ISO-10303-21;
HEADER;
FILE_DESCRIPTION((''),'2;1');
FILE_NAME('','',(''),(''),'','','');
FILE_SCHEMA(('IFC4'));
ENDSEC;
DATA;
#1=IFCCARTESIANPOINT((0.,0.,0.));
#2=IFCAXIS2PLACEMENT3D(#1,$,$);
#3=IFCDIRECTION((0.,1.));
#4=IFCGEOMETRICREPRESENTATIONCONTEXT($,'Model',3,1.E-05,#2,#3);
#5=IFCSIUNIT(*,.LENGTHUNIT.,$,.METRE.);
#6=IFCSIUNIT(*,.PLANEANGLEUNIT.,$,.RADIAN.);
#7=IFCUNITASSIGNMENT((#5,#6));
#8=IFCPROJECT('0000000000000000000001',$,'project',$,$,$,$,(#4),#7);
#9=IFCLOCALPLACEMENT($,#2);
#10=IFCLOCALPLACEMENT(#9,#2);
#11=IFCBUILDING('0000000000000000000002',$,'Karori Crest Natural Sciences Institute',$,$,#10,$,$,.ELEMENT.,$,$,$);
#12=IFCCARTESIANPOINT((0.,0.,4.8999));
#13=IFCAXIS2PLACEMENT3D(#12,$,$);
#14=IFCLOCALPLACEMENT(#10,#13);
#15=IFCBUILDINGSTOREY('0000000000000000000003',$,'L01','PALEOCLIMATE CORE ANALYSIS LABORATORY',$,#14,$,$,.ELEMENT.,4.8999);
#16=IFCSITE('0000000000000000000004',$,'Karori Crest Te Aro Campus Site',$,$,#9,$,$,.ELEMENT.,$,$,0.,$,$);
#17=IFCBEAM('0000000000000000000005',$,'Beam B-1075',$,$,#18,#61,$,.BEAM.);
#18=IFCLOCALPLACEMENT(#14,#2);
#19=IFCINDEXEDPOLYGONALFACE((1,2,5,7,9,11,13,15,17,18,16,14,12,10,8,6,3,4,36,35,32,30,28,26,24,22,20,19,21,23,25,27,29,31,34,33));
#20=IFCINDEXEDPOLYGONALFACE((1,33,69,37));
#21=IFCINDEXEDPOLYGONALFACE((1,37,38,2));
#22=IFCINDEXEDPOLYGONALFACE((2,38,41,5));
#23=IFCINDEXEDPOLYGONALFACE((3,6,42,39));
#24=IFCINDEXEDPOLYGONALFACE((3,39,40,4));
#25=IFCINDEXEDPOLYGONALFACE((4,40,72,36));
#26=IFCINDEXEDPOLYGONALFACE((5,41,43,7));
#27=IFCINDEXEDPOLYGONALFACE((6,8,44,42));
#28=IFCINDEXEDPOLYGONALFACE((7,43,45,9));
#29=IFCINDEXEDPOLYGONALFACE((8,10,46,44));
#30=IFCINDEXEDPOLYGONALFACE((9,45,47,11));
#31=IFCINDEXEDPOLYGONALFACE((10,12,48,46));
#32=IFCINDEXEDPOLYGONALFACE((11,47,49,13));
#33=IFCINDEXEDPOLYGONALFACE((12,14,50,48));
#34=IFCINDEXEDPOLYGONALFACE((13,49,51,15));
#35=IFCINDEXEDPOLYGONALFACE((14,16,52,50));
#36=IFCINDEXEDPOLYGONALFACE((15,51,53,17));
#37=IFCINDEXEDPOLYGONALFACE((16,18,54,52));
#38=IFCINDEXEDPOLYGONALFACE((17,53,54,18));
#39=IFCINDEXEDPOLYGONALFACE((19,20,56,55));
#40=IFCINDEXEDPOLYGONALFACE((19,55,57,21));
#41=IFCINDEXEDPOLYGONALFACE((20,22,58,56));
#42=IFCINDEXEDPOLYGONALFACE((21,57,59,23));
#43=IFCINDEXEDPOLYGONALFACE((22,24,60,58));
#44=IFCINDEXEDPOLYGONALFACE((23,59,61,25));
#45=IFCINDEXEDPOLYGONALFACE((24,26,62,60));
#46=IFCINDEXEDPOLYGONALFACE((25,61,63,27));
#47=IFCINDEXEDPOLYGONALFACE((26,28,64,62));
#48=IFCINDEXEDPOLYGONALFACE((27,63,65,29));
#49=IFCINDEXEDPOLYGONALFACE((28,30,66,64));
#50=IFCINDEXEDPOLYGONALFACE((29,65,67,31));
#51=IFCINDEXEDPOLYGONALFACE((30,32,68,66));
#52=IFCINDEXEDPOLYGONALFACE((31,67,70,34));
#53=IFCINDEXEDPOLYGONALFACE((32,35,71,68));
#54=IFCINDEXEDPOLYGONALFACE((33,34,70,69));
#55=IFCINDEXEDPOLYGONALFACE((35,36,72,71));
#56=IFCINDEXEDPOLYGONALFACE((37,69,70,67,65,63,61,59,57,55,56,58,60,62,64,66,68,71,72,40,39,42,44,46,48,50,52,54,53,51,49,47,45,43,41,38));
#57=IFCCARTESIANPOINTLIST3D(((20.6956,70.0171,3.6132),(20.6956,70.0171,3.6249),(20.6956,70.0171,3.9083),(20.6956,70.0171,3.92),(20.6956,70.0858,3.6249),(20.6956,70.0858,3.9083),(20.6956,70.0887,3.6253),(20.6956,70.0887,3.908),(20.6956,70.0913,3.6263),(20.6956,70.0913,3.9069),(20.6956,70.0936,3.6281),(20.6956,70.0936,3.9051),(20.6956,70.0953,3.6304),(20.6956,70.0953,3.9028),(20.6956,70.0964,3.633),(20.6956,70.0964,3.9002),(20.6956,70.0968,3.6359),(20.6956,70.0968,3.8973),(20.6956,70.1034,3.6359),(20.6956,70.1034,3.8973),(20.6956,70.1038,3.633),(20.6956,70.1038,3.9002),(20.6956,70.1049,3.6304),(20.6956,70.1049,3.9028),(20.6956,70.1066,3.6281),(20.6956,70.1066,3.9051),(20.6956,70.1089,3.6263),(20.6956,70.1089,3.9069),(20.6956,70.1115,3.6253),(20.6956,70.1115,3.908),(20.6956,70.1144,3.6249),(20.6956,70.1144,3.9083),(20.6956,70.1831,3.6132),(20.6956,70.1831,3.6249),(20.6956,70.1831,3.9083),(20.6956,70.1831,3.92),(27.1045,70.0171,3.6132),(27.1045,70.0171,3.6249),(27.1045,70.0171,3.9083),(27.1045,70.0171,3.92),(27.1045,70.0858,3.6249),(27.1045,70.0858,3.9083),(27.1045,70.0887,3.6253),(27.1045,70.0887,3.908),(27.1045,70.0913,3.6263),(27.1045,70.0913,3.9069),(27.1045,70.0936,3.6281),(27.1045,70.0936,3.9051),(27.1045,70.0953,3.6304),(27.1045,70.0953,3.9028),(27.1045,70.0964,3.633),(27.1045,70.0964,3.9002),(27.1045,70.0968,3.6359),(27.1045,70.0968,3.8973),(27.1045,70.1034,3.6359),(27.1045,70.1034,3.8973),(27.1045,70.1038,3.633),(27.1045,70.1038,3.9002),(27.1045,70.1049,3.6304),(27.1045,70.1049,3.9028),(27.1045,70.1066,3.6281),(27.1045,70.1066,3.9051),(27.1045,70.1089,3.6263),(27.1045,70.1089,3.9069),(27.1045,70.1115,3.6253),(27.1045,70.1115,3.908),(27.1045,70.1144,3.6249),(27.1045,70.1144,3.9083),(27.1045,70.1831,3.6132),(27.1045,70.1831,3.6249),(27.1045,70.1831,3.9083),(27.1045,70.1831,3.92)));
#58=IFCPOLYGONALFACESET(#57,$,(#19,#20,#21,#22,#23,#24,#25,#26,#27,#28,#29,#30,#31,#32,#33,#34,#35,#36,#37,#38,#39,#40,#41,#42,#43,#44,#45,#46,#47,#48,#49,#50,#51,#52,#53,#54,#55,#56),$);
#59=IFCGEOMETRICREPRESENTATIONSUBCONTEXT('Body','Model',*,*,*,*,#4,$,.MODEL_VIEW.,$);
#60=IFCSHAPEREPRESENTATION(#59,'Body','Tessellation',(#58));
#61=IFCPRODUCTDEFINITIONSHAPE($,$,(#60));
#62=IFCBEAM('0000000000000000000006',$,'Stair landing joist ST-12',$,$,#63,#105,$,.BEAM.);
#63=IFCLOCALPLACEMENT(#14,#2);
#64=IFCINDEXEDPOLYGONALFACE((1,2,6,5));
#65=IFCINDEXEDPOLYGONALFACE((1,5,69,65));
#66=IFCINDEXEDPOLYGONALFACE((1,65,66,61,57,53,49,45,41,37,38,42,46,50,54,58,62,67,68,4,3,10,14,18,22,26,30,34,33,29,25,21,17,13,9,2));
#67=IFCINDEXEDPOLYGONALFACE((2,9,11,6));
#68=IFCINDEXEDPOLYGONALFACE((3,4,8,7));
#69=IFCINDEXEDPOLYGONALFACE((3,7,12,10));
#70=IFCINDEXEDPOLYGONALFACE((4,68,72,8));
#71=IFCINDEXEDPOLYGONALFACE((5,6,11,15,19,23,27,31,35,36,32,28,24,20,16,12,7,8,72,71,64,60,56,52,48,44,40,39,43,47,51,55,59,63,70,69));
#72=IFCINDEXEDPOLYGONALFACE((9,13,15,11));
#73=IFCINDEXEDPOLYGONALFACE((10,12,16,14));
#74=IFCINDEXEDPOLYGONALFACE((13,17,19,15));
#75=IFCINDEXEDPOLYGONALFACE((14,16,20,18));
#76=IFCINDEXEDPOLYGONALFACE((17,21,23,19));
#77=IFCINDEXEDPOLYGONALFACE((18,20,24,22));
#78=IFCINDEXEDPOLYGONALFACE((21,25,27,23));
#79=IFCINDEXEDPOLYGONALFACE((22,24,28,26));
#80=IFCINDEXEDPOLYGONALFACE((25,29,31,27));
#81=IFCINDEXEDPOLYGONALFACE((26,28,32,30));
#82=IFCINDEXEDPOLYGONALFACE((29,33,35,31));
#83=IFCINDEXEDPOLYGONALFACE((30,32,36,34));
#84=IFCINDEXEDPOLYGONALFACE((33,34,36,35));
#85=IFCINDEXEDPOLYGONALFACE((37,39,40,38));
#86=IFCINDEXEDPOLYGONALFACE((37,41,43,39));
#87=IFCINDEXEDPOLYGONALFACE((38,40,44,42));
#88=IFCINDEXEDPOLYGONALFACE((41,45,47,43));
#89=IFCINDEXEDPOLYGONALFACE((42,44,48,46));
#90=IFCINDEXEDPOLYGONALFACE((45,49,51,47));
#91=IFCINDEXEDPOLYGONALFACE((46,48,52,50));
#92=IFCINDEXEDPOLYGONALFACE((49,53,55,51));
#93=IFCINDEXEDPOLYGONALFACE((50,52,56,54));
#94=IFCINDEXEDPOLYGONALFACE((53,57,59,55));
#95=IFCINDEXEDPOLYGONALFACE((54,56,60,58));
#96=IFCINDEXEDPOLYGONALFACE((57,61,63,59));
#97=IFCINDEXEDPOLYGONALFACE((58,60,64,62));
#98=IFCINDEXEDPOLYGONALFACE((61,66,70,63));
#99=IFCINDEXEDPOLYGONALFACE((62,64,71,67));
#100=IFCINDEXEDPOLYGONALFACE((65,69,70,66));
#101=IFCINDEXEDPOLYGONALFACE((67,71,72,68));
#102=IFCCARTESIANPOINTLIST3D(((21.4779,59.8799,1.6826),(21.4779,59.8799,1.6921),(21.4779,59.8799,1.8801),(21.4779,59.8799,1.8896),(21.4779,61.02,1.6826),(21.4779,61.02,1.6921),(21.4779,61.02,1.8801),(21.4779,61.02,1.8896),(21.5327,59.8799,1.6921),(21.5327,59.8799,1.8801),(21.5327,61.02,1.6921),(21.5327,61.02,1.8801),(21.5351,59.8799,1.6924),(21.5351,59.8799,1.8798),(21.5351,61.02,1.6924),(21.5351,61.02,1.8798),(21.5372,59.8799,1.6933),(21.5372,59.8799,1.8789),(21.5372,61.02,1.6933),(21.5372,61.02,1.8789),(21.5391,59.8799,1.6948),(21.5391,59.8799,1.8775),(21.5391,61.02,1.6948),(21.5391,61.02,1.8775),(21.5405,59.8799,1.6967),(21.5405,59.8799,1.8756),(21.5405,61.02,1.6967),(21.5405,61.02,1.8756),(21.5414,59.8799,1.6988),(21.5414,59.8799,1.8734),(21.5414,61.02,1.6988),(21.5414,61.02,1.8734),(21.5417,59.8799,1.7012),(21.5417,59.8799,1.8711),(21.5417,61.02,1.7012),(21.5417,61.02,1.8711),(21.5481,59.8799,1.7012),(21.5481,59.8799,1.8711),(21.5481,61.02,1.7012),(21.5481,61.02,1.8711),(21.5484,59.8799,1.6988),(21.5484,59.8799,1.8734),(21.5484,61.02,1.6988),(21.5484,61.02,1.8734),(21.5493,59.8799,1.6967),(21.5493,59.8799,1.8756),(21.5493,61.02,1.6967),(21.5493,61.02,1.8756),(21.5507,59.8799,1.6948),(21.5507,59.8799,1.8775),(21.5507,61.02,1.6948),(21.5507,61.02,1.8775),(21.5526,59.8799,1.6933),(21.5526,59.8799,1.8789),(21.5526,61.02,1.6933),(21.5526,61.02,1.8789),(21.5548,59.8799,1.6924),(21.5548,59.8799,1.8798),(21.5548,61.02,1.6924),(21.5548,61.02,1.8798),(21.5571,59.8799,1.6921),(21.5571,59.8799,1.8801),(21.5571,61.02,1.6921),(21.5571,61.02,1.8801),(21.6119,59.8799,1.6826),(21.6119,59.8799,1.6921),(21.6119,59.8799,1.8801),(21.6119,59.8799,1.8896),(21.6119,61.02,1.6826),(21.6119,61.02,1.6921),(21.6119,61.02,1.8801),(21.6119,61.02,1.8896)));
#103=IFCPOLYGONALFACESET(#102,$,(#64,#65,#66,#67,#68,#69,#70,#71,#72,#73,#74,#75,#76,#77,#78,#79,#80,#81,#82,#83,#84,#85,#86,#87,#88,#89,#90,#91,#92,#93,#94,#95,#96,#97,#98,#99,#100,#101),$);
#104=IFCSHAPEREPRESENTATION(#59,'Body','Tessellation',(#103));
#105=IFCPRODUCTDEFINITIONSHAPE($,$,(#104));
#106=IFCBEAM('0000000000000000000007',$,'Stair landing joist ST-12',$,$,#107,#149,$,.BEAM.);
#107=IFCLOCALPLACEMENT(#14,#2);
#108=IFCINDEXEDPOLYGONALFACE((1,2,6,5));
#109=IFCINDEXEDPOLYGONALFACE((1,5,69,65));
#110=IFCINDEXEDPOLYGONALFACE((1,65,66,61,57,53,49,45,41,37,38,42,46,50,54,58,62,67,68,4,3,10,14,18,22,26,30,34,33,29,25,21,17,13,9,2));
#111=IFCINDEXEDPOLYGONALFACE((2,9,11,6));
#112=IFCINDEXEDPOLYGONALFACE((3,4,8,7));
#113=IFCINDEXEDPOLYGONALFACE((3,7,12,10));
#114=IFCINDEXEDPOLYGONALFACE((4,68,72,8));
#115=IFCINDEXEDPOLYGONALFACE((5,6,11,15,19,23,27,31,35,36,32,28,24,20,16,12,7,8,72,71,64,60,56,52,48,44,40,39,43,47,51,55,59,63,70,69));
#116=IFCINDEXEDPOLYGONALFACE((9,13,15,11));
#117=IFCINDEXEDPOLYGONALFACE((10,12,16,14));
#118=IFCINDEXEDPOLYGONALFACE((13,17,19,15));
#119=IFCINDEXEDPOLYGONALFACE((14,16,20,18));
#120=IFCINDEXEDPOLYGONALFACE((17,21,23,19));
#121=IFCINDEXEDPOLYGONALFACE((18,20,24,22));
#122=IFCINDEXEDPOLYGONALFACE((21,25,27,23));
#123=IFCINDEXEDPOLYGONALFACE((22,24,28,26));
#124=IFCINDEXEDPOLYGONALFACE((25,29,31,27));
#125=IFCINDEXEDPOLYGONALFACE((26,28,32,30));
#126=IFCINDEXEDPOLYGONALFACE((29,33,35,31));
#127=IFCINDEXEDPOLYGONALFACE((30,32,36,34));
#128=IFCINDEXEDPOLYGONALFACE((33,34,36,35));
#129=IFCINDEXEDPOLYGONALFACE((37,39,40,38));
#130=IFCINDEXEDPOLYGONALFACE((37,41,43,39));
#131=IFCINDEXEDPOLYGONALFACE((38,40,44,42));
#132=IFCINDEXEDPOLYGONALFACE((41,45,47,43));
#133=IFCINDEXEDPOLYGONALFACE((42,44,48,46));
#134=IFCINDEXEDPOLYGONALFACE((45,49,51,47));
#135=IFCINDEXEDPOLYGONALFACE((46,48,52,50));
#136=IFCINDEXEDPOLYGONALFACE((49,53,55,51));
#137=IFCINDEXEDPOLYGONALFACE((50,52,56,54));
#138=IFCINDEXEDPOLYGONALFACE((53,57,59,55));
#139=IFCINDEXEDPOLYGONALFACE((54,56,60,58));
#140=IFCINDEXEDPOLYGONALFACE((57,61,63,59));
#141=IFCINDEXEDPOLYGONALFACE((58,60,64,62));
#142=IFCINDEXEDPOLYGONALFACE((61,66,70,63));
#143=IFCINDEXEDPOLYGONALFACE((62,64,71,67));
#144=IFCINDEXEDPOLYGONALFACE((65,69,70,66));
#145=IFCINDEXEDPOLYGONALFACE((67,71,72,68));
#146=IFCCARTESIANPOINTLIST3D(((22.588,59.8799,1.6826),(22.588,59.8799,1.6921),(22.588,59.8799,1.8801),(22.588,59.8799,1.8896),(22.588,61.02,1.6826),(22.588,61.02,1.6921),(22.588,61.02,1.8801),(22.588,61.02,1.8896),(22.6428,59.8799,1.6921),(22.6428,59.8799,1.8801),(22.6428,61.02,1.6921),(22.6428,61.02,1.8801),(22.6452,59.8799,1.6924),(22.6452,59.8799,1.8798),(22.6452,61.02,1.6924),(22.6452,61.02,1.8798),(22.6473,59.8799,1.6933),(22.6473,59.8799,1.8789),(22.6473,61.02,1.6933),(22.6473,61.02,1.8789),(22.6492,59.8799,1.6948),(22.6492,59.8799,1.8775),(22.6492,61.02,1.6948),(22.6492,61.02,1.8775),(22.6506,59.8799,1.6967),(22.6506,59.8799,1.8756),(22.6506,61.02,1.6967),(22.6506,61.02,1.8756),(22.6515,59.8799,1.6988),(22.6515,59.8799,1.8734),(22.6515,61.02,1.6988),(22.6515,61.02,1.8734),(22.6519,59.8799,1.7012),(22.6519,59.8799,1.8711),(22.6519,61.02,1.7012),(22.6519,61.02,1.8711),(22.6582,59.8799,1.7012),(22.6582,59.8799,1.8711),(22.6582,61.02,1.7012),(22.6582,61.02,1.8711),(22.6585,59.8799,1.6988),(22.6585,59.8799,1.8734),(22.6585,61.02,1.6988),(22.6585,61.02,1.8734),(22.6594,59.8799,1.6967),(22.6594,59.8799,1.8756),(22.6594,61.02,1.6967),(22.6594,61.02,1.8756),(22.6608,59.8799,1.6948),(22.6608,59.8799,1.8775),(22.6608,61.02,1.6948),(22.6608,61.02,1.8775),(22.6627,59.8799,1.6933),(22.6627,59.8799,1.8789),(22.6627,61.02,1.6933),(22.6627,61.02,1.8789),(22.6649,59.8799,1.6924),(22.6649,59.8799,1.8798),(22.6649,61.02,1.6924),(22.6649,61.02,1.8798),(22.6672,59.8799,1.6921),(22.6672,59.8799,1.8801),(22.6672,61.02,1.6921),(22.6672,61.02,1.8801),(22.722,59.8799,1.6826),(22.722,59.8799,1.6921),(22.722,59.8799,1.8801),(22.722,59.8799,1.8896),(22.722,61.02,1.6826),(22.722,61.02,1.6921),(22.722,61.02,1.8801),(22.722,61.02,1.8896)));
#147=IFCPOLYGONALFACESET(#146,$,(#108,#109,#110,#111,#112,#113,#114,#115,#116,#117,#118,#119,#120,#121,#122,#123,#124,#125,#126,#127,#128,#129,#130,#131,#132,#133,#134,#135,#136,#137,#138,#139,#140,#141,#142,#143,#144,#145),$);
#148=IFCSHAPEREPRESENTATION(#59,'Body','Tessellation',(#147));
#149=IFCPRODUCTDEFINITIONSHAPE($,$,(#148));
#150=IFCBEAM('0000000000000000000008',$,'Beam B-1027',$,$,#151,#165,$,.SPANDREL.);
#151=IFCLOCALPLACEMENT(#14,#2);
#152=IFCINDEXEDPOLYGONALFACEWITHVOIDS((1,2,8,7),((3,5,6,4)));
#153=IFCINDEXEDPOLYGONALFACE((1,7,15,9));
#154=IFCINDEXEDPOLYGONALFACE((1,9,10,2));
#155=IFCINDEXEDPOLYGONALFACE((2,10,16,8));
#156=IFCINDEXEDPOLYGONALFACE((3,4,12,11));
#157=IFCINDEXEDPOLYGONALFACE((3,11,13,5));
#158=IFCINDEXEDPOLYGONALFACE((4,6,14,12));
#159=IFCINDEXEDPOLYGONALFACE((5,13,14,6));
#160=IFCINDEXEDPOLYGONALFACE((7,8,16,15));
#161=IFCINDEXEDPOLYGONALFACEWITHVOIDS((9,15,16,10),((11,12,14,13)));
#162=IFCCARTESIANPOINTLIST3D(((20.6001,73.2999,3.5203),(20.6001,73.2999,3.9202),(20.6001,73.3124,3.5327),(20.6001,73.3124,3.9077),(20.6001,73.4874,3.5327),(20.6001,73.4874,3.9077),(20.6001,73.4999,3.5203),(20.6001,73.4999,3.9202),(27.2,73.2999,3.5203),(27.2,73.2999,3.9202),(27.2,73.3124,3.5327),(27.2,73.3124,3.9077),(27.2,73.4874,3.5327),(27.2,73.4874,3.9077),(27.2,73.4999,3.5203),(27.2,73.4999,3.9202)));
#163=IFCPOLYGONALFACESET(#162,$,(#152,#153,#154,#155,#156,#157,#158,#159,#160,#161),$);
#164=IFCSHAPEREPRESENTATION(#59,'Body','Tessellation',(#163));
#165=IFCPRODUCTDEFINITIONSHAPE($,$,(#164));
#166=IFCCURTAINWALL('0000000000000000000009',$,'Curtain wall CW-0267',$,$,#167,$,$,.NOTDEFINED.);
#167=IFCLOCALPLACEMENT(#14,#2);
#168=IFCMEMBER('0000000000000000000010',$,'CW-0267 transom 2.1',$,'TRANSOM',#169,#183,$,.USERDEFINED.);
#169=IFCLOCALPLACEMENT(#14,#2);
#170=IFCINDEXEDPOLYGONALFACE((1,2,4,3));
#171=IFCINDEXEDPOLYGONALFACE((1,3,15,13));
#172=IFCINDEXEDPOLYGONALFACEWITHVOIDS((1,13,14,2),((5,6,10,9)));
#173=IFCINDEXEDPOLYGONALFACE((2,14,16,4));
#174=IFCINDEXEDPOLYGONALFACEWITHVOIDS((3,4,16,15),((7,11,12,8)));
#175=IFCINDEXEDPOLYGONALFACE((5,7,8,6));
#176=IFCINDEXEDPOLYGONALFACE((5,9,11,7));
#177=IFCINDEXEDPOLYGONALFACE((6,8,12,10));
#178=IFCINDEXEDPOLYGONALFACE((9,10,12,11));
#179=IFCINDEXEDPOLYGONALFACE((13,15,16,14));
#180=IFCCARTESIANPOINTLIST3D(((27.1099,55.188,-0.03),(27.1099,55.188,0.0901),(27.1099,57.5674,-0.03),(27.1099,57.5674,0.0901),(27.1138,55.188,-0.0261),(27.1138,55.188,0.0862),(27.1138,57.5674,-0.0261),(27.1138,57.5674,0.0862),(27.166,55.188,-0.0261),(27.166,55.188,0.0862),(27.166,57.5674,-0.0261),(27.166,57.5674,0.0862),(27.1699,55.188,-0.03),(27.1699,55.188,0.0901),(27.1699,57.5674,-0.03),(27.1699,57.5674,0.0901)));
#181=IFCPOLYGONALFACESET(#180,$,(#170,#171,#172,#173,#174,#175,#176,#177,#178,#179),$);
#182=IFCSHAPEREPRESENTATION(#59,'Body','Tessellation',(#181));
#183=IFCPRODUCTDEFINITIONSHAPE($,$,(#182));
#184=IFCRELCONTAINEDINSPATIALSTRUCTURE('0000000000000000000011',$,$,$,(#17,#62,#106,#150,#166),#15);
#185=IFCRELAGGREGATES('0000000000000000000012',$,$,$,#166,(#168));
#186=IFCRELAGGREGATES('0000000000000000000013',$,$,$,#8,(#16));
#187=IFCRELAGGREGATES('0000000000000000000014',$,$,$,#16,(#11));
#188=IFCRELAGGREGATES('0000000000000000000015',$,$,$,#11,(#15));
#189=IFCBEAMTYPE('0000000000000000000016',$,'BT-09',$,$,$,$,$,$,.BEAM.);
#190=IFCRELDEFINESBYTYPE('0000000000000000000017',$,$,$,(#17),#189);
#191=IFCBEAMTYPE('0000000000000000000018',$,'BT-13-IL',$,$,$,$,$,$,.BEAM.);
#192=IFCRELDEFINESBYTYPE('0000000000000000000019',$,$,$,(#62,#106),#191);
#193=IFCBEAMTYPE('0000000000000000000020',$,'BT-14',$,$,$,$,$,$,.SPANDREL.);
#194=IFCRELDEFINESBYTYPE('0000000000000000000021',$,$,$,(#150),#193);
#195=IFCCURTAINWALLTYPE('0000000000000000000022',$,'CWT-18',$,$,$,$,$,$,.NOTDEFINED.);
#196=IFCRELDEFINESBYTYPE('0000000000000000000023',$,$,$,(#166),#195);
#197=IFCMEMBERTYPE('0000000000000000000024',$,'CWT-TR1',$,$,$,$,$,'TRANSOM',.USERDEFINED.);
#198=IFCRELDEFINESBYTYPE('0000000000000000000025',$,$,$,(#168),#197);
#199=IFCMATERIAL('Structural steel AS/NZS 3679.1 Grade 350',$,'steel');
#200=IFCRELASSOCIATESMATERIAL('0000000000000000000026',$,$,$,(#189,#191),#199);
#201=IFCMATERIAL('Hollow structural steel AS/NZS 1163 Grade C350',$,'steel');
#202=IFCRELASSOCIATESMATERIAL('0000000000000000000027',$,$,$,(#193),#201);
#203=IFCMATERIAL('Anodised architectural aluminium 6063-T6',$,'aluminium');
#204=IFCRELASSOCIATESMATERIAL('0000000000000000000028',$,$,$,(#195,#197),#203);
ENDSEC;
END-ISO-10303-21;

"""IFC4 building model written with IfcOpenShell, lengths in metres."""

from ifc_helpers import new_model, si_unit, direction, frame, origin, origin_2d, place, context, subcontext, project, spatial, hollow_rectangle, i_section, extrude, material, material_profile, profile_set, type_object, element, aggregate, save


model = new_model("IFC4")

# Units and contexts
model_context = context("Model", 3, precision=1e-05, world=origin(), true_north=direction((0.0, 1.0)))
body_context = subcontext(model_context, "Body", "Model", "MODEL_VIEW")
ifc_project = project(units=[si_unit("LENGTHUNIT", "METRE"), si_unit("PLANEANGLEUNIT", "RADIAN")], contexts=[model_context])

# Site, building, storey
site_placement = place(None, origin())
site = spatial("IfcSite", under=ifc_project, at=site_placement, Name="Karori Crest Te Aro Campus Site", CompositionType="ELEMENT", RefElevation=0.0)
building_placement = place(site_placement, origin())
building = spatial("IfcBuilding", under=site, at=building_placement, Name="Karori Crest Natural Sciences Institute", CompositionType="ELEMENT")
storey_placement = place(building_placement, frame((0.0, 0.0, 4.8999)))
storey = spatial("IfcBuildingStorey", under=building, at=storey_placement, Name="L01", Description="PALEOCLIMATE CORE ANALYSIS LABORATORY", CompositionType="ELEMENT", Elevation=4.8999)

# Shared definitions
ifc_material_1 = material(Name="Structural steel AS/NZS 3679.1 Grade 350", Category="steel")
ifc_material_2 = material(Name="Hollow structural steel AS/NZS 1163 Grade C350", Category="steel")

# Beams
ifc_material_profile_1 = material_profile(ifc_material_1, i_section(OverallWidth=0.166, OverallDepth=0.3069, WebThickness=0.0066, FlangeThickness=0.0117, FilletRadius=0.011, at=origin_2d()), Name="310UB46.2")
ifc_profile_set_1 = profile_set([ifc_material_profile_1], Name="Structural steel AS/NZS 3679.1 Grade 350")
beam_type_1 = type_object("IfcBeamType", Name="BT-09", PredefinedType="BEAM", material=ifc_profile_set_1)
beam_1_placement = place(storey_placement, frame((20.6956, 70.1001, 3.7666), z_axis=(1.0, 0.0, 0.0), x_axis=(0.0, 1.0, 0.0)))
element("IfcBeam", 1, at=beam_1_placement, inside=storey, type_object=beam_type_1, Name="Beam B-1075", PredefinedType="BEAM", context=body_context, shape_type="SweptSolid", body=[
    extrude(i_section(OverallWidth=0.166, OverallDepth=0.3069, WebThickness=0.0066, FlangeThickness=0.0117, FilletRadius=0.011, at=origin_2d()), origin(), (0.0, 0.0, 1.0), 6.4089),
])
ifc_material_profile_2 = material_profile(ifc_material_1, i_section(OverallWidth=0.134, OverallDepth=0.207, WebThickness=0.0063, FlangeThickness=0.0095, FilletRadius=0.009, at=origin_2d()), Name="200UB29.8")
ifc_profile_set_2 = profile_set([ifc_material_profile_2], Name="Structural steel AS/NZS 3679.1 Grade 350")
beam_type_2 = type_object("IfcBeamType", Name="BT-13-IL", PredefinedType="BEAM", material=ifc_profile_set_2)
for number, where, z_axis, x_axis, name in (
    (2, (21.5449, 59.8799, 1.7861), (0.0, 1.0, 0.0), (-1.0, 0.0, 0.0), "Stair landing joist ST-12"),
    (3, (22.655, 59.8799, 1.7861), (0.0, 1.0, 0.0), (-1.0, 0.0, 0.0), "Stair landing joist ST-12"),
):
    element("IfcBeam", number, at=place(storey_placement, frame(where, z_axis=z_axis, x_axis=x_axis)), inside=storey, type_object=beam_type_2, Name=name, PredefinedType="BEAM", context=body_context, shape_type="SweptSolid", body=[
        extrude(i_section(OverallWidth=0.134, OverallDepth=0.207, WebThickness=0.0063, FlangeThickness=0.0095, FilletRadius=0.009, at=origin_2d()), origin(), (0.0, 0.0, 1.0), 1.1401),
    ])
ifc_material_profile_3 = material_profile(ifc_material_2, hollow_rectangle(XDim=0.2, YDim=0.3999, WallThickness=0.0125, at=origin_2d()), Name="RHS400x200x12.5")
ifc_profile_set_3 = profile_set([ifc_material_profile_3], Name="Hollow structural steel AS/NZS 1163 Grade C350")
beam_type_3 = type_object("IfcBeamType", Name="BT-14", PredefinedType="SPANDREL", material=ifc_profile_set_3)
beam_2_placement = place(storey_placement, frame((20.6001, 73.3999, 3.7202), z_axis=(1.0, 0.0, 0.0), x_axis=(0.0, 1.0, 0.0)))
element("IfcBeam", 4, at=beam_2_placement, inside=storey, type_object=beam_type_3, Name="Beam B-1027", PredefinedType="SPANDREL", context=body_context, shape_type="SweptSolid", body=[
    extrude(hollow_rectangle(XDim=0.2, YDim=0.3999, WallThickness=0.0125, at=origin_2d()), origin(), (0.0, 0.0, 1.0), 6.5999),
])

# Curtain wall, member
ifc_material_3 = material(Name="Anodised architectural aluminium 6063-T6", Category="aluminium")
curtain_wall_type = type_object("IfcCurtainWallType", Name="CWT-18", PredefinedType="NOTDEFINED", material=ifc_material_3)
curtain_wall_placement = place(storey_placement, origin())
curtain_wall = element("IfcCurtainWall", 5, at=curtain_wall_placement, inside=storey, type_object=curtain_wall_type, Name="Curtain wall CW-0267", PredefinedType="NOTDEFINED")
ifc_material_profile_4 = material_profile(ifc_material_3, hollow_rectangle(XDim=0.0601, YDim=0.1201, WallThickness=0.0039, at=origin_2d()), Name="CWT120x60x4")
ifc_profile_set_4 = profile_set([ifc_material_profile_4], Name="Anodised architectural aluminium 6063-T6")
member_type = type_object("IfcMemberType", Name="CWT-TR1", ElementType="TRANSOM", PredefinedType="USERDEFINED", material=ifc_profile_set_4)
member_placement = place(storey_placement, frame((27.1399, 57.5674, 0.03), z_axis=(0.0, -1.0, 0.0), x_axis=(1.0, 0.0, 0.0)))
member = element("IfcMember", 6, at=member_placement, type_object=member_type, Name="CW-0267 transom 2.1", ObjectType="TRANSOM", PredefinedType="USERDEFINED", context=body_context, shape_type="SweptSolid", body=[
    extrude(hollow_rectangle(XDim=0.0601, YDim=0.1201, WallThickness=0.0039, at=origin_2d()), origin(), (0.0, 0.0, 1.0), 2.3794),
])
aggregate(curtain_wall, [member])

save(model, "model.ifc")
